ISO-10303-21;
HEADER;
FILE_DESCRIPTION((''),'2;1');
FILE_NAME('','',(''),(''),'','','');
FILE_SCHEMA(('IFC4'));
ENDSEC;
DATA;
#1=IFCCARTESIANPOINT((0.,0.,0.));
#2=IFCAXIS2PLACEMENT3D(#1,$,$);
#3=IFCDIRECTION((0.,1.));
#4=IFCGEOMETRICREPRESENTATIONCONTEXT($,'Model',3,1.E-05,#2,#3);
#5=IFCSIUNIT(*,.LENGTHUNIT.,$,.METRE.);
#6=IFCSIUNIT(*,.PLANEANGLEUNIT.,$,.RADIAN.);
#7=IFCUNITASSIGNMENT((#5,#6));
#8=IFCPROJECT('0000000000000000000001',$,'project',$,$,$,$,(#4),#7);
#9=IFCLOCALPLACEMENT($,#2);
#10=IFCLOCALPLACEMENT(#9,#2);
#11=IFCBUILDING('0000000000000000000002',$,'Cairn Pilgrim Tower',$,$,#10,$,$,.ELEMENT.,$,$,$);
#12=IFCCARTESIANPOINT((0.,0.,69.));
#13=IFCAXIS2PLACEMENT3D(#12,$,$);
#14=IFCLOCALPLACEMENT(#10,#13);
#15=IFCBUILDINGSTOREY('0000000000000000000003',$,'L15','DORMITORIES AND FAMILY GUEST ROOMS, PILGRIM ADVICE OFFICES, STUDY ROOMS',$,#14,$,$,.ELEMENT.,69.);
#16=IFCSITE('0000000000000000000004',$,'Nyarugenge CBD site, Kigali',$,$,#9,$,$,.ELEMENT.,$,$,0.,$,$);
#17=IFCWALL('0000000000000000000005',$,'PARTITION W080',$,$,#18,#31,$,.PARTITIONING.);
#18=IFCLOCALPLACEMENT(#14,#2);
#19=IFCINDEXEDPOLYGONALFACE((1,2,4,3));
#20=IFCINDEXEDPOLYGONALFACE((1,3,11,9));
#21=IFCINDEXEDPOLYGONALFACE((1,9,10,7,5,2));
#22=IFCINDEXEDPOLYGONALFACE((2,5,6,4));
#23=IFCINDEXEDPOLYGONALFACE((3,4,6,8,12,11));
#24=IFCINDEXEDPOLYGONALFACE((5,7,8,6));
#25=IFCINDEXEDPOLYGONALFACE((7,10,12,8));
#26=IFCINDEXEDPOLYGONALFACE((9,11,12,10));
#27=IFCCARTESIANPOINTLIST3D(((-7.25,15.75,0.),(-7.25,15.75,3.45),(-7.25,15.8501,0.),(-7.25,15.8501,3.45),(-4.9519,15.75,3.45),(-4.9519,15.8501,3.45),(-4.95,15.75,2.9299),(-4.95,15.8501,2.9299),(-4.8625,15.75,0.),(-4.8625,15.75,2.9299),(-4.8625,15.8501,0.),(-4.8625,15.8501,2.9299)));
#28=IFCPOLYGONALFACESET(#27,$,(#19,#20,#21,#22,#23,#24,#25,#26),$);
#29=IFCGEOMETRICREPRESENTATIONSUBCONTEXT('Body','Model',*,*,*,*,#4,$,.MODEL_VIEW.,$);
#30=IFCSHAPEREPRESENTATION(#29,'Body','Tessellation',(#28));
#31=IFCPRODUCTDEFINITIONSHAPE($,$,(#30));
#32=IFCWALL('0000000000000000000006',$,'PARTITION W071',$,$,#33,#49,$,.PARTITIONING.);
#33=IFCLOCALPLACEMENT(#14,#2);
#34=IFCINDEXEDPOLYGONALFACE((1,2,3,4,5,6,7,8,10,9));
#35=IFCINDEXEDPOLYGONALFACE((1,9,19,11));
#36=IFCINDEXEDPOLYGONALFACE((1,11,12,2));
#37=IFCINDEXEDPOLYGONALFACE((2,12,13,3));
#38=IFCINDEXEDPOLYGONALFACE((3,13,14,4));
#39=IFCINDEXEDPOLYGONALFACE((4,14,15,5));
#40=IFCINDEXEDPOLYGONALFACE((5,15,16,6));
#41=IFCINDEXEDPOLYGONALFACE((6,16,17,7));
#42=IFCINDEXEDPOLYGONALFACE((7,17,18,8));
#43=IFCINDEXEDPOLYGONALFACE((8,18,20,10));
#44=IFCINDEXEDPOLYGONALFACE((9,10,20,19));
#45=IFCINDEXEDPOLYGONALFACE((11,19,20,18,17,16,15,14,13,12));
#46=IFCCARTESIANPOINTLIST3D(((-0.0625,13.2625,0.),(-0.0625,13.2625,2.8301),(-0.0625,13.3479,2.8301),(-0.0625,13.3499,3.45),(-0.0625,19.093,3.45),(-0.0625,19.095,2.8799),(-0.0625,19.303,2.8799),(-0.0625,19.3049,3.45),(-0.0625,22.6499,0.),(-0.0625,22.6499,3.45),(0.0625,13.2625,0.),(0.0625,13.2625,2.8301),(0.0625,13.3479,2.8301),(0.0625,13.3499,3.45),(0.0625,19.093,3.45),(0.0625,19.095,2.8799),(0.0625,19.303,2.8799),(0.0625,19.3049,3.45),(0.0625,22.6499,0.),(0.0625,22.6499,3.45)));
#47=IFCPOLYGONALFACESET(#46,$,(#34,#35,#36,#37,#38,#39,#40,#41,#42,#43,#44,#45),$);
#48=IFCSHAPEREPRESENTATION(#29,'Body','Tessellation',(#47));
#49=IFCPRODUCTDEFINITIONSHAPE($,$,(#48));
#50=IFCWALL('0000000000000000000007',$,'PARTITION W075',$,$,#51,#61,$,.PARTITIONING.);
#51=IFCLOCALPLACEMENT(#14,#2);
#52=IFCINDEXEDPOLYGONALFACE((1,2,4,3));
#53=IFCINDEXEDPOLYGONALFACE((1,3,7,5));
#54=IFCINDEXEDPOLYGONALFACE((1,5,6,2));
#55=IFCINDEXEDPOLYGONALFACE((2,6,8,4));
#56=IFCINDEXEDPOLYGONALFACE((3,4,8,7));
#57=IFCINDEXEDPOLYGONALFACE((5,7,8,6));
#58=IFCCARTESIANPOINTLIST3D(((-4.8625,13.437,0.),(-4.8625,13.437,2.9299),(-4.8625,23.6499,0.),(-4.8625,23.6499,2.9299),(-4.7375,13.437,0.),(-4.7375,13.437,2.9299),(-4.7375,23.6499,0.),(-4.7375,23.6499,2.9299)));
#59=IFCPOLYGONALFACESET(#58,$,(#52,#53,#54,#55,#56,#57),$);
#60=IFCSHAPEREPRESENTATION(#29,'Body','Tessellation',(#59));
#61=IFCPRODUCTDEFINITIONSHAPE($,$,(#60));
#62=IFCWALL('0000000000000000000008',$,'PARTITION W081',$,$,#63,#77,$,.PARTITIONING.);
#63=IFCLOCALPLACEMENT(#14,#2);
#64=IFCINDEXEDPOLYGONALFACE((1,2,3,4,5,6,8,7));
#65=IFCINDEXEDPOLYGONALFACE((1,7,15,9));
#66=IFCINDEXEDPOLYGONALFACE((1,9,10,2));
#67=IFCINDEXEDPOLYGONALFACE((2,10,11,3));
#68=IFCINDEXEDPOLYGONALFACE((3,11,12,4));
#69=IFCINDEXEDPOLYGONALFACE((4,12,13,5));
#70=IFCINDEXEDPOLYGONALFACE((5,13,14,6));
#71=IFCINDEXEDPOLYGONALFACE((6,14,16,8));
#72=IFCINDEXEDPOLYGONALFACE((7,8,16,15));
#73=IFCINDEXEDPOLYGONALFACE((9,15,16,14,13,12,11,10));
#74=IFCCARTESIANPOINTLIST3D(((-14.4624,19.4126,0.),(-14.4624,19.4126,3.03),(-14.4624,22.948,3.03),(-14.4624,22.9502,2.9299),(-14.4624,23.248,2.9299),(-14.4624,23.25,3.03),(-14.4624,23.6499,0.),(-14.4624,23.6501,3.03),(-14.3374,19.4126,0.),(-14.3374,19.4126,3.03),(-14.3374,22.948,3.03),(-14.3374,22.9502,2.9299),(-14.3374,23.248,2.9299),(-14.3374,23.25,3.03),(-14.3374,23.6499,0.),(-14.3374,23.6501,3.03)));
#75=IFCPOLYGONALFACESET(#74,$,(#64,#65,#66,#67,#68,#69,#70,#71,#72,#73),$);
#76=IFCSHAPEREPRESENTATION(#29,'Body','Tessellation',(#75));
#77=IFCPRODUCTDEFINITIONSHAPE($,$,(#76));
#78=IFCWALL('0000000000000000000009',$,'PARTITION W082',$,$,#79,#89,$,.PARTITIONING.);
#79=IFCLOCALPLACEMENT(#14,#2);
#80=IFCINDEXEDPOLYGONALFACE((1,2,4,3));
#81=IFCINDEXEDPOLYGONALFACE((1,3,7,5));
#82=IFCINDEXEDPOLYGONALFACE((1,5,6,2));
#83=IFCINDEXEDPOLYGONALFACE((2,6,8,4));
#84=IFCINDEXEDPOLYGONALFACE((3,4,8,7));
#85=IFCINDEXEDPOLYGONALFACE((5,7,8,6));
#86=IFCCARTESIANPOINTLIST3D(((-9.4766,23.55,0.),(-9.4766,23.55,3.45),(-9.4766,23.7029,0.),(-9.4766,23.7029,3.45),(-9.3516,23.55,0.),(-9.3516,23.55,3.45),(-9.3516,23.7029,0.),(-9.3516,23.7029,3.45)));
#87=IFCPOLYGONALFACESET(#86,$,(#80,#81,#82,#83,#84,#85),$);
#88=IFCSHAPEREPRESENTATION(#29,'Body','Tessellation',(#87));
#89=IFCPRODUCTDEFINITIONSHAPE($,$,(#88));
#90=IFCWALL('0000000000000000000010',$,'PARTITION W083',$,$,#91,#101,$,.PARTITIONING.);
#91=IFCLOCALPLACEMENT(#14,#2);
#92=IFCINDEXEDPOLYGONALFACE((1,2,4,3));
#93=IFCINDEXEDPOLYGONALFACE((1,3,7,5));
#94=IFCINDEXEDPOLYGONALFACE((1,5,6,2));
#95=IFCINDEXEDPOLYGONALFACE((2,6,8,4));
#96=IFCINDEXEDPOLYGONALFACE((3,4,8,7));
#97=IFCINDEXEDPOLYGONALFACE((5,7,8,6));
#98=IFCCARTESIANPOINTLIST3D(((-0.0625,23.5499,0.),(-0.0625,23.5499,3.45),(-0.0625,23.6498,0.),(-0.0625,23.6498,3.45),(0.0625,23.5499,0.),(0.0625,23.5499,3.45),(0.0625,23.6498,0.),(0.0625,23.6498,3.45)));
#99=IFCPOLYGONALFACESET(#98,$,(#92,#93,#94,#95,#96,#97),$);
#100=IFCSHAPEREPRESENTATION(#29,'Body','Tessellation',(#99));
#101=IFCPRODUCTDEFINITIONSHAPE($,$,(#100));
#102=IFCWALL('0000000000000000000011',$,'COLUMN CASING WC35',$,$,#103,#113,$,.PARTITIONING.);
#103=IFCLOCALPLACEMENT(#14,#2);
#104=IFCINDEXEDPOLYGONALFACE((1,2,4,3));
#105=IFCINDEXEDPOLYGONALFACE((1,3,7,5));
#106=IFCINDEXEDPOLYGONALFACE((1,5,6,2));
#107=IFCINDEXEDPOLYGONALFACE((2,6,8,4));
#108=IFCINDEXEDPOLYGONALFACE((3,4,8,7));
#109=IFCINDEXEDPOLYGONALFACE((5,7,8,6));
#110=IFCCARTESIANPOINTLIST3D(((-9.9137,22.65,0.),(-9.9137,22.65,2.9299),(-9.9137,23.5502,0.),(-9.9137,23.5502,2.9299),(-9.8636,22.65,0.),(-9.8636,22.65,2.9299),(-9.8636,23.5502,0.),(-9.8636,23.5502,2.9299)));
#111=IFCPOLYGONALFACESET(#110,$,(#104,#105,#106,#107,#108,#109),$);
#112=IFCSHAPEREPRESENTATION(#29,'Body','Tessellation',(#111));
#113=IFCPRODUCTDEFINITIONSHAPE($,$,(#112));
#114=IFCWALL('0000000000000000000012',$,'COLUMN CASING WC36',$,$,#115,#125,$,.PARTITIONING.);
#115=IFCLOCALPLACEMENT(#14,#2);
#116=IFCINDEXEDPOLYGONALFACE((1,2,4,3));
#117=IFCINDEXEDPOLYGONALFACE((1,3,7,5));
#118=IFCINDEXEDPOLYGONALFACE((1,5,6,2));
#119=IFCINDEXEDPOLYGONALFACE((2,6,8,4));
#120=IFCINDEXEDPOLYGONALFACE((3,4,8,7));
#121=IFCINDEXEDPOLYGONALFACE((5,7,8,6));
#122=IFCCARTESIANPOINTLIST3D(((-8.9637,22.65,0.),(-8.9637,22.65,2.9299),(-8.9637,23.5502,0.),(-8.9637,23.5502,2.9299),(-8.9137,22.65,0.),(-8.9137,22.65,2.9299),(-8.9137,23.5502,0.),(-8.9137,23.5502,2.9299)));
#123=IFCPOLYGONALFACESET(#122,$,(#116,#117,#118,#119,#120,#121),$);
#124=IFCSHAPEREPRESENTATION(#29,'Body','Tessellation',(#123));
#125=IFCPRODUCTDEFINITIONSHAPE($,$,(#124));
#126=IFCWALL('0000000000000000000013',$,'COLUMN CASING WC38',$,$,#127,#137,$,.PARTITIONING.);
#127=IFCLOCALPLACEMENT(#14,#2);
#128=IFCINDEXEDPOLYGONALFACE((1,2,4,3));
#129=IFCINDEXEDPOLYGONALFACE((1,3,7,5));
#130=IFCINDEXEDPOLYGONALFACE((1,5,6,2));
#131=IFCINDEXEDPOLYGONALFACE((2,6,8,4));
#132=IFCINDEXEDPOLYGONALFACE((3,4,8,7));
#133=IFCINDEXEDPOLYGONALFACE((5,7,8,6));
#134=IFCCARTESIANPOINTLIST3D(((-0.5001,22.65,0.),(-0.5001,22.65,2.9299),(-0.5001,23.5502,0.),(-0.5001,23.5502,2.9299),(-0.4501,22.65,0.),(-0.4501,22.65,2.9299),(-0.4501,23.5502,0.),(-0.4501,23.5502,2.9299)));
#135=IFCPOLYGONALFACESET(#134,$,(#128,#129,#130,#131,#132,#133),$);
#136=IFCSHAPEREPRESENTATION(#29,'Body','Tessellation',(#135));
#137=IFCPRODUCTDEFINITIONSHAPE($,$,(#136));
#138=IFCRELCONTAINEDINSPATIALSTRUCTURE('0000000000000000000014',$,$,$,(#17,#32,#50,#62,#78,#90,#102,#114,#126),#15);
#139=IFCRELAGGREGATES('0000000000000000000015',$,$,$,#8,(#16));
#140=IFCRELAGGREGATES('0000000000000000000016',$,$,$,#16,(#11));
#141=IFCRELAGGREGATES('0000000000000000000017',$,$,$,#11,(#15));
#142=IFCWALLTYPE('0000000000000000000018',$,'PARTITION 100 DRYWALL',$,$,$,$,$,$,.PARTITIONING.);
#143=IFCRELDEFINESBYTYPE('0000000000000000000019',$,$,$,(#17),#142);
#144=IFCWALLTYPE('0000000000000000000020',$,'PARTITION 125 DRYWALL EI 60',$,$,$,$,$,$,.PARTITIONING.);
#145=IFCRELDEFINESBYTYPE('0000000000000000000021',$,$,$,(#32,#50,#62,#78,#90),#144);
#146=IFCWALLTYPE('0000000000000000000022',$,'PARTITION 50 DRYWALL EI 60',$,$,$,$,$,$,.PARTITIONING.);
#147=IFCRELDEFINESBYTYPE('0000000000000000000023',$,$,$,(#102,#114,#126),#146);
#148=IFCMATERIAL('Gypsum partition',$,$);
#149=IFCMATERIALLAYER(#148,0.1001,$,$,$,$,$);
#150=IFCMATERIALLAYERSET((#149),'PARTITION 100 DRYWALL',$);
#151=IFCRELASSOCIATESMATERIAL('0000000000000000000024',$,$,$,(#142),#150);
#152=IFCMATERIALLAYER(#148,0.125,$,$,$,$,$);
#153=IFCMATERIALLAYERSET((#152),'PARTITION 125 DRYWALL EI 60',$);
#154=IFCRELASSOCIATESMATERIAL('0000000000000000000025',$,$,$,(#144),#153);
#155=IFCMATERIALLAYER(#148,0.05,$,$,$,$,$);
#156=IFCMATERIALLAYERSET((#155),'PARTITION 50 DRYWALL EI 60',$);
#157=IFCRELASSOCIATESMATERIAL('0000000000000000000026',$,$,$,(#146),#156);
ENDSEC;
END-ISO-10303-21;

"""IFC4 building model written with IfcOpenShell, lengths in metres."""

from ifc_helpers import new_model, si_unit, direction, frame, frame_2d, origin, place, context, subcontext, project, spatial, polyline, rectangle, outline, extrude, material, layer, layer_set, type_object, element, save


model = new_model("IFC4")

# Units and contexts
model_context = context("Model", 3, precision=1e-05, world=origin(), true_north=direction((0.0, 1.0)))
body_context = subcontext(model_context, "Body", "Model", "MODEL_VIEW")
ifc_project = project(units=[si_unit("LENGTHUNIT", "METRE"), si_unit("PLANEANGLEUNIT", "RADIAN")], contexts=[model_context])

# Site, building, storey
site_placement = place(None, origin())
site = spatial("IfcSite", under=ifc_project, at=site_placement, Name="Nyarugenge CBD site, Kigali", CompositionType="ELEMENT", RefElevation=0.0)
building_placement = place(site_placement, origin())
building = spatial("IfcBuilding", under=site, at=building_placement, Name="Cairn Pilgrim Tower", CompositionType="ELEMENT")
storey_placement = place(building_placement, frame((0.0, 0.0, 69.0)))
storey = spatial("IfcBuildingStorey", under=building, at=storey_placement, Name="L15", Description="DORMITORIES AND FAMILY GUEST ROOMS, PILGRIM ADVICE OFFICES, STUDY ROOMS", CompositionType="ELEMENT", Elevation=69.0)

# Shared definitions
ifc_material_1 = material(Name="Gypsum partition")
ifc_layer_1 = layer(ifc_material_1, 0.1001)
ifc_layer_set_1 = layer_set([ifc_layer_1], Name="PARTITION 100 DRYWALL")
wall_type_1 = type_object("IfcWallType", Name="PARTITION 100 DRYWALL", PredefinedType="PARTITIONING", material=ifc_layer_set_1)

# Walls
wall_1_placement = place(storey_placement, frame((-7.25, 15.8, 0.0), z_axis=(0.0, 0.0, 1.0), x_axis=(1.0, 0.0, 0.0)))
element("IfcWall", 1, at=wall_1_placement, inside=storey, type_object=wall_type_1, Name="PARTITION W080", PredefinedType="PARTITIONING", context=body_context, shape_type="SweptSolid", body=[
    extrude(outline(polyline([(0.0, 0.0), (2.3875, 0.0), (2.3875, 2.9299), (2.3, 2.9299), (2.2981, 3.45), (0.0, 3.45), (0.0, 0.0)])), frame((0.0, 0.05, 0.0), z_axis=(0.0, -1.0, 0.0), x_axis=(1.0, 0.0, 0.0)), (0.0, 0.0, 1.0), 0.1001),
])
ifc_layer_2 = layer(ifc_material_1, 0.125)
ifc_layer_set_2 = layer_set([ifc_layer_2], Name="PARTITION 125 DRYWALL EI 60")
wall_type_2 = type_object("IfcWallType", Name="PARTITION 125 DRYWALL EI 60", PredefinedType="PARTITIONING", material=ifc_layer_set_2)
wall_2_placement = place(storey_placement, frame((0.0, 13.2625, 0.0), z_axis=(0.0, 0.0, 1.0), x_axis=(0.0, 1.0, 0.0)))
element("IfcWall", 2, at=wall_2_placement, inside=storey, type_object=wall_type_2, Name="PARTITION W071", PredefinedType="PARTITIONING", context=body_context, shape_type="SweptSolid", body=[
    extrude(outline(polyline([(0.0, 0.0), (9.3875, 0.0), (9.3875, 3.45), (6.0425, 3.45), (6.0405, 2.8799), (5.8325, 2.8799), (5.8306, 3.45), (0.0874, 3.45), (0.0854, 2.8301), (0.0, 2.8301), (0.0, 0.0)])), frame((0.0, 0.0625, 0.0), z_axis=(0.0, -1.0, 0.0), x_axis=(1.0, 0.0, 0.0)), (0.0, 0.0, 1.0), 0.125),
])
wall_3_placement = place(storey_placement, frame((-4.8, 13.437, 0.0), z_axis=(0.0, 0.0, 1.0), x_axis=(0.0, 1.0, 0.0)))
element("IfcWall", 3, at=wall_3_placement, inside=storey, type_object=wall_type_2, Name="PARTITION W075", PredefinedType="PARTITIONING", context=body_context, shape_type="SweptSolid", body=[
    extrude(rectangle(XDim=10.2129, YDim=0.125, at=frame_2d((5.1064, 0.0))), origin(), (0.0, 0.0, 1.0), 2.9299),
])
wall_4_placement = place(storey_placement, frame((-14.3999, 19.4126, 0.0), z_axis=(0.0, 0.0, 1.0), x_axis=(0.0, 1.0, 0.0)))
element("IfcWall", 4, at=wall_4_placement, inside=storey, type_object=wall_type_2, Name="PARTITION W081", PredefinedType="PARTITIONING", context=body_context, shape_type="SweptSolid", body=[
    extrude(outline(polyline([(0.0, 0.0), (4.2373, 0.0), (4.2375, 3.03), (3.8374, 3.03), (3.8354, 2.9299), (3.5376, 2.9299), (3.5354, 3.03), (0.0, 3.03), (0.0, 0.0)])), frame((0.0, 0.0625, 0.0), z_axis=(0.0, -1.0, 0.0), x_axis=(1.0, 0.0, 0.0)), (0.0, 0.0, 1.0), 0.125),
])
wall_5_placement = place(storey_placement, frame((-9.4141, 23.55, 0.0), z_axis=(0.0, 0.0, 1.0), x_axis=(0.0, 1.0, 0.0)))
element("IfcWall", 5, at=wall_5_placement, inside=storey, type_object=wall_type_2, Name="PARTITION W082", PredefinedType="PARTITIONING", context=body_context, shape_type="SweptSolid", body=[
    extrude(rectangle(XDim=0.1528, YDim=0.125, at=frame_2d((0.0764, 0.0))), origin(), (0.0, 0.0, 1.0), 3.45),
])
wall_6_placement = place(storey_placement, frame((0.0, 23.55, 0.0), z_axis=(0.0, 0.0, 1.0), x_axis=(0.0, 1.0, 0.0)))
element("IfcWall", 6, at=wall_6_placement, inside=storey, type_object=wall_type_2, Name="PARTITION W083", PredefinedType="PARTITIONING", context=body_context, shape_type="SweptSolid", body=[
    extrude(rectangle(XDim=0.0999, YDim=0.125, at=frame_2d((0.0498, 0.0))), origin(), (0.0, 0.0, 1.0), 3.45),
])
ifc_layer_3 = layer(ifc_material_1, 0.05)
ifc_layer_set_3 = layer_set([ifc_layer_3], Name="PARTITION 50 DRYWALL EI 60")
wall_type_3 = type_object("IfcWallType", Name="PARTITION 50 DRYWALL EI 60", PredefinedType="PARTITIONING", material=ifc_layer_set_3)
for number, where, z_axis, x_axis, name in (
    (7, (-9.8887, 22.6499, 0.0), (0.0, 0.0, 1.0), (0.0, 1.0, 0.0), "COLUMN CASING WC35"),
    (8, (-8.9387, 22.6499, 0.0), (0.0, 0.0, 1.0), (0.0, 1.0, 0.0), "COLUMN CASING WC36"),
    (9, (-0.4751, 22.6499, 0.0), (0.0, 0.0, 1.0), (0.0, 1.0, 0.0), "COLUMN CASING WC38"),
):
    element("IfcWall", number, at=place(storey_placement, frame(where, z_axis=z_axis, x_axis=x_axis)), inside=storey, type_object=wall_type_3, Name=name, PredefinedType="PARTITIONING", context=body_context, shape_type="SweptSolid", body=[
        extrude(rectangle(XDim=0.9001, YDim=0.05, at=frame_2d((0.4502, 0.0))), origin(), (0.0, 0.0, 1.0), 2.9299),
    ])

save(model, "model.ifc")
